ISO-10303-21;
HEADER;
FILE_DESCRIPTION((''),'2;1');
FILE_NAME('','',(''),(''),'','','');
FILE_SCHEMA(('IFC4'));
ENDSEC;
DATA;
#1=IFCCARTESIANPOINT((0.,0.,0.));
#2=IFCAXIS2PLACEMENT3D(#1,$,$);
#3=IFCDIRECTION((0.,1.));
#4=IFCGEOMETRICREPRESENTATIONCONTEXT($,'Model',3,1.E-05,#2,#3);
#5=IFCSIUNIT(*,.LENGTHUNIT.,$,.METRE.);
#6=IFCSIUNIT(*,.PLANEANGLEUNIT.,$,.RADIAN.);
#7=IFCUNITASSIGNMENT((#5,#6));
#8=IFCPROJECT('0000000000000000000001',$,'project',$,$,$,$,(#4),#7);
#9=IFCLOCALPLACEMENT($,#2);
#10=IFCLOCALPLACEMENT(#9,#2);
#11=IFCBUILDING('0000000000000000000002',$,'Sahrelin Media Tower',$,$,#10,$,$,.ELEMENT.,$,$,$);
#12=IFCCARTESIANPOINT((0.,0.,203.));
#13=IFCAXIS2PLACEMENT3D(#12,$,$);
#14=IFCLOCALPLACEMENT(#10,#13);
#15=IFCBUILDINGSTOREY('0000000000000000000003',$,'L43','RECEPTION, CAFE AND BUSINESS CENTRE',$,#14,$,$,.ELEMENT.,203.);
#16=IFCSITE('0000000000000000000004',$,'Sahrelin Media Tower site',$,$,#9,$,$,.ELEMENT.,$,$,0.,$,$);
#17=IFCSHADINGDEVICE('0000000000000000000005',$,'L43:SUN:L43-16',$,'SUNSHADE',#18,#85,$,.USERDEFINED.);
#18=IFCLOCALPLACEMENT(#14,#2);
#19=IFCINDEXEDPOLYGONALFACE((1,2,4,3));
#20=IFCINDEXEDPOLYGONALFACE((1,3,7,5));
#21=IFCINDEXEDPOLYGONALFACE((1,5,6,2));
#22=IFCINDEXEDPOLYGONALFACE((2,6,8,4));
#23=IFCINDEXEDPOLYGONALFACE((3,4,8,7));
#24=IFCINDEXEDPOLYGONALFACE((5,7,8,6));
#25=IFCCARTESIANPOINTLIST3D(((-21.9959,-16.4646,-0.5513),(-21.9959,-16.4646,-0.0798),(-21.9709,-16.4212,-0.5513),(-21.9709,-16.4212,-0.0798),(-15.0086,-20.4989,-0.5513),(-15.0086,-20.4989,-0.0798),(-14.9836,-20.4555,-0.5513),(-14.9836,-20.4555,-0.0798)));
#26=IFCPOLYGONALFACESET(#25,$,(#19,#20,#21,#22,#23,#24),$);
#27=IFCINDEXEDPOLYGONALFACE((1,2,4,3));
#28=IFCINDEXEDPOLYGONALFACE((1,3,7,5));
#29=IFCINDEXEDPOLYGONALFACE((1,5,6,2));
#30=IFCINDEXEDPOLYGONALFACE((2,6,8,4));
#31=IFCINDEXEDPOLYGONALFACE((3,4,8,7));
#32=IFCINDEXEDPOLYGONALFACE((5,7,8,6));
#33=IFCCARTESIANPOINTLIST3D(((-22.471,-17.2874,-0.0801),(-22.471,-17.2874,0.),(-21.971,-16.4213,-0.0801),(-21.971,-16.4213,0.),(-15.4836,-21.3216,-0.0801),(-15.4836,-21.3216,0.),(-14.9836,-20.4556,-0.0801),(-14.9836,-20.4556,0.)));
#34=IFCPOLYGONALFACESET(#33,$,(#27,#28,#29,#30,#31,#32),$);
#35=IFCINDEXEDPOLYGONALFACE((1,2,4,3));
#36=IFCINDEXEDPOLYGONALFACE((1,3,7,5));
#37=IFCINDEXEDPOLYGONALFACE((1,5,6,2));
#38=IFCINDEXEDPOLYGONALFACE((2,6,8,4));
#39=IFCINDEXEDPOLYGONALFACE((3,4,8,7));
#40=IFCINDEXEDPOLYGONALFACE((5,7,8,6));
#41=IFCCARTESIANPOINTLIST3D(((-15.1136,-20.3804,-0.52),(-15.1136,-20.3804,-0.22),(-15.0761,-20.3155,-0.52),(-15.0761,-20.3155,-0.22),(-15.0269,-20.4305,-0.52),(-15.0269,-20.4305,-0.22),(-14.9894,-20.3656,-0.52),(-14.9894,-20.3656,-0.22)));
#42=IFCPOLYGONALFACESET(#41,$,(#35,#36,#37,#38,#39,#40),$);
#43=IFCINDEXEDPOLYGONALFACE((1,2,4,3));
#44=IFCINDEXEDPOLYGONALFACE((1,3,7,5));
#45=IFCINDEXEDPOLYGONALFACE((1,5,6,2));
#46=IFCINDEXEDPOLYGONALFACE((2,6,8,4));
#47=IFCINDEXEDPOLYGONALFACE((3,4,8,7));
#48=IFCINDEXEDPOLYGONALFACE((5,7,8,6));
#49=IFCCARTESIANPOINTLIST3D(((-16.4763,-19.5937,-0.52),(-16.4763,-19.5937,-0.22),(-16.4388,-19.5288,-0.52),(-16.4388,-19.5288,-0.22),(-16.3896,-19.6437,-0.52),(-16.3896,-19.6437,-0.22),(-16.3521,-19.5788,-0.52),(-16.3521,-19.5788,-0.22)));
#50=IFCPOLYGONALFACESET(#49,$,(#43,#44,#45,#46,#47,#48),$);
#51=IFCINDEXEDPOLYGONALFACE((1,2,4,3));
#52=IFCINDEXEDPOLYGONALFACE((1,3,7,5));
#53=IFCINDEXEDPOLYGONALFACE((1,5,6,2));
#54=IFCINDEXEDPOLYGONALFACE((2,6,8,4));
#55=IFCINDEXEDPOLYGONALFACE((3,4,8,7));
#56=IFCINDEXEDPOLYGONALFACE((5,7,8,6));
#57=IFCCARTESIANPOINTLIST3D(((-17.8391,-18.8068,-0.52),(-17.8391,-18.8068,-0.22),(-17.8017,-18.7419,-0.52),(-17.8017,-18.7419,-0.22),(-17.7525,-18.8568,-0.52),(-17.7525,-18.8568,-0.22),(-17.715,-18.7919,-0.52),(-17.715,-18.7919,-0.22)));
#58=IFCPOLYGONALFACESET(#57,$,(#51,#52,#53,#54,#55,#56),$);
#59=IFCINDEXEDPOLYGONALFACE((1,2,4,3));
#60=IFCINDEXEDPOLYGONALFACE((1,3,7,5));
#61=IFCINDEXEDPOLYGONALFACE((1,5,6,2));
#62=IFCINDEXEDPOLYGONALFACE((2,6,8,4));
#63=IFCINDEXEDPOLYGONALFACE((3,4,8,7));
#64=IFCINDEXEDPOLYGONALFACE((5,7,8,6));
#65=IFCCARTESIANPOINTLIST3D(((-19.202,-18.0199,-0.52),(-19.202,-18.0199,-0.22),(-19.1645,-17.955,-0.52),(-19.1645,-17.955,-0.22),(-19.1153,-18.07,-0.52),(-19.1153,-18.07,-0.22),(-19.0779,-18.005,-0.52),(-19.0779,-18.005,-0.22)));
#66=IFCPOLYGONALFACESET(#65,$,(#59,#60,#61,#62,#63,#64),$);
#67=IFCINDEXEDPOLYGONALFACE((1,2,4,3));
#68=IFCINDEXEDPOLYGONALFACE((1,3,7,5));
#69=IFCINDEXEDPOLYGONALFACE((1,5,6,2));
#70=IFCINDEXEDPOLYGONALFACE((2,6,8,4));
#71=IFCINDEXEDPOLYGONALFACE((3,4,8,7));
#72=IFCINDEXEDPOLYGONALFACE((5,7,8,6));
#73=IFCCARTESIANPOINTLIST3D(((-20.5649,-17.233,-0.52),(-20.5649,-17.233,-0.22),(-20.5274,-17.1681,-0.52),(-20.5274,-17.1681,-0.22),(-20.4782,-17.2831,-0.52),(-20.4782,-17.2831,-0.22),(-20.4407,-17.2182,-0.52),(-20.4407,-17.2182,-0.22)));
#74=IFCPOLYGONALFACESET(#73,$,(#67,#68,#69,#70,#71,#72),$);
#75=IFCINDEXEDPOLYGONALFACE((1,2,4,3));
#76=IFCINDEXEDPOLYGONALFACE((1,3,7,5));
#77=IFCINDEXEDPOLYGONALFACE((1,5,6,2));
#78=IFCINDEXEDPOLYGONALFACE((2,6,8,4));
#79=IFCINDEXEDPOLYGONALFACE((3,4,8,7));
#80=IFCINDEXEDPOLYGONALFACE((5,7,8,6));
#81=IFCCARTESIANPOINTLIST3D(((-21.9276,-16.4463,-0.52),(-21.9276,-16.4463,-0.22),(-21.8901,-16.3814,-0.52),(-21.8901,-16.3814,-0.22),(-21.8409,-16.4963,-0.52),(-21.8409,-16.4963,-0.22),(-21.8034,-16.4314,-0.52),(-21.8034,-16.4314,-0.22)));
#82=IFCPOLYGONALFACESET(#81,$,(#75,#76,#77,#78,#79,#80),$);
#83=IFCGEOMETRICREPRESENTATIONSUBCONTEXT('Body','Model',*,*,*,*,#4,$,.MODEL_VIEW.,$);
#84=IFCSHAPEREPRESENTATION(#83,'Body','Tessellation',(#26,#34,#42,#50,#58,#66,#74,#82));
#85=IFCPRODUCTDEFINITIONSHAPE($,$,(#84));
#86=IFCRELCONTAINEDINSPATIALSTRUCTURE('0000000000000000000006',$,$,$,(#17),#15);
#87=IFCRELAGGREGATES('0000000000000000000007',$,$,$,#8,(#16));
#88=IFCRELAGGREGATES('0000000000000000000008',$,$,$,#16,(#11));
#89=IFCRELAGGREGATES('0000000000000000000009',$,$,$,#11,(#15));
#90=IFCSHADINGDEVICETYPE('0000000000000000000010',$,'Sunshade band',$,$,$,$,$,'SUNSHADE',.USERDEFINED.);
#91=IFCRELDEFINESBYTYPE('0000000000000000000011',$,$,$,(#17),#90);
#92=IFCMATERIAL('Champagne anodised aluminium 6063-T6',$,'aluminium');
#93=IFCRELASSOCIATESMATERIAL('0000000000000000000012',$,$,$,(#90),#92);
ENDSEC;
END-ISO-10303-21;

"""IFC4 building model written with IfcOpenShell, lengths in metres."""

from ifc_helpers import new_model, si_unit, direction, frame, origin, origin_2d, place, context, subcontext, project, spatial, rectangle, extrude, material, type_object, element, save


model = new_model("IFC4")

# Units and contexts
model_context = context("Model", 3, precision=1e-05, world=origin(), true_north=direction((0.0, 1.0)))
body_context = subcontext(model_context, "Body", "Model", "MODEL_VIEW")
ifc_project = project(units=[si_unit("LENGTHUNIT", "METRE"), si_unit("PLANEANGLEUNIT", "RADIAN")], contexts=[model_context])

# Site, building, storey
site_placement = place(None, origin())
site = spatial("IfcSite", under=ifc_project, at=site_placement, Name="Sahrelin Media Tower site", CompositionType="ELEMENT", RefElevation=0.0)
building_placement = place(site_placement, origin())
building = spatial("IfcBuilding", under=site, at=building_placement, Name="Sahrelin Media Tower", CompositionType="ELEMENT")
storey_placement = place(building_placement, frame((0.0, 0.0, 203.0)))
storey = spatial("IfcBuildingStorey", under=building, at=storey_placement, Name="L43", Description="RECEPTION, CAFE AND BUSINESS CENTRE", CompositionType="ELEMENT", Elevation=203.0)

# Shared definitions
ifc_material_1 = material(Name="Champagne anodised aluminium 6063-T6", Category="aluminium")

# Shading device
placement_1 = place(storey_placement, frame((-18.4673, -18.4211, 0.0), z_axis=(0.0, 0.0, 1.0), x_axis=(-0.866019, 0.500011, 0.0)))
shading_device_type_1 = type_object("IfcShadingDeviceType", Name="Sunshade band", ElementType="SUNSHADE", PredefinedType="USERDEFINED", material=ifc_material_1)
element("IfcShadingDevice", 1, at=placement_1, inside=storey, type_object=shading_device_type_1, Name="L43:SUN:L43-16", ObjectType="SUNSHADE", PredefinedType="USERDEFINED", context=body_context, shape_type="SweptSolid", body=[
    extrude(rectangle(XDim=8.0684, YDim=0.05, at=origin_2d()), frame((0.0, 0.0449, -0.5513)), (0.0, 0.0, 1.0), 0.4714),
    extrude(rectangle(XDim=8.0684, YDim=1.0, at=origin_2d()), frame((0.0, 0.52, -0.0801)), (0.0, 0.0, 1.0), 0.0801),
    extrude(rectangle(XDim=0.1001, YDim=0.075, at=origin_2d()), frame((-3.9341, -0.0176, -0.52)), (0.0, 0.0, 1.0), 0.3),
    extrude(rectangle(XDim=0.1001, YDim=0.075, at=origin_2d()), frame((-2.3606, -0.0176, -0.52)), (0.0, 0.0, 1.0), 0.3),
    extrude(rectangle(XDim=0.1001, YDim=0.075, at=origin_2d()), frame((-0.7869, -0.0176, -0.52)), (0.0, 0.0, 1.0), 0.3),
    extrude(rectangle(XDim=0.1001, YDim=0.075, at=origin_2d()), frame((0.7869, -0.0176, -0.52)), (0.0, 0.0, 1.0), 0.3),
    extrude(rectangle(XDim=0.1001, YDim=0.075, at=origin_2d()), frame((2.3606, -0.0176, -0.52)), (0.0, 0.0, 1.0), 0.3),
    extrude(rectangle(XDim=0.1001, YDim=0.075, at=origin_2d()), frame((3.9341, -0.0176, -0.52)), (0.0, 0.0, 1.0), 0.3),
])

save(model, "model.ifc")
